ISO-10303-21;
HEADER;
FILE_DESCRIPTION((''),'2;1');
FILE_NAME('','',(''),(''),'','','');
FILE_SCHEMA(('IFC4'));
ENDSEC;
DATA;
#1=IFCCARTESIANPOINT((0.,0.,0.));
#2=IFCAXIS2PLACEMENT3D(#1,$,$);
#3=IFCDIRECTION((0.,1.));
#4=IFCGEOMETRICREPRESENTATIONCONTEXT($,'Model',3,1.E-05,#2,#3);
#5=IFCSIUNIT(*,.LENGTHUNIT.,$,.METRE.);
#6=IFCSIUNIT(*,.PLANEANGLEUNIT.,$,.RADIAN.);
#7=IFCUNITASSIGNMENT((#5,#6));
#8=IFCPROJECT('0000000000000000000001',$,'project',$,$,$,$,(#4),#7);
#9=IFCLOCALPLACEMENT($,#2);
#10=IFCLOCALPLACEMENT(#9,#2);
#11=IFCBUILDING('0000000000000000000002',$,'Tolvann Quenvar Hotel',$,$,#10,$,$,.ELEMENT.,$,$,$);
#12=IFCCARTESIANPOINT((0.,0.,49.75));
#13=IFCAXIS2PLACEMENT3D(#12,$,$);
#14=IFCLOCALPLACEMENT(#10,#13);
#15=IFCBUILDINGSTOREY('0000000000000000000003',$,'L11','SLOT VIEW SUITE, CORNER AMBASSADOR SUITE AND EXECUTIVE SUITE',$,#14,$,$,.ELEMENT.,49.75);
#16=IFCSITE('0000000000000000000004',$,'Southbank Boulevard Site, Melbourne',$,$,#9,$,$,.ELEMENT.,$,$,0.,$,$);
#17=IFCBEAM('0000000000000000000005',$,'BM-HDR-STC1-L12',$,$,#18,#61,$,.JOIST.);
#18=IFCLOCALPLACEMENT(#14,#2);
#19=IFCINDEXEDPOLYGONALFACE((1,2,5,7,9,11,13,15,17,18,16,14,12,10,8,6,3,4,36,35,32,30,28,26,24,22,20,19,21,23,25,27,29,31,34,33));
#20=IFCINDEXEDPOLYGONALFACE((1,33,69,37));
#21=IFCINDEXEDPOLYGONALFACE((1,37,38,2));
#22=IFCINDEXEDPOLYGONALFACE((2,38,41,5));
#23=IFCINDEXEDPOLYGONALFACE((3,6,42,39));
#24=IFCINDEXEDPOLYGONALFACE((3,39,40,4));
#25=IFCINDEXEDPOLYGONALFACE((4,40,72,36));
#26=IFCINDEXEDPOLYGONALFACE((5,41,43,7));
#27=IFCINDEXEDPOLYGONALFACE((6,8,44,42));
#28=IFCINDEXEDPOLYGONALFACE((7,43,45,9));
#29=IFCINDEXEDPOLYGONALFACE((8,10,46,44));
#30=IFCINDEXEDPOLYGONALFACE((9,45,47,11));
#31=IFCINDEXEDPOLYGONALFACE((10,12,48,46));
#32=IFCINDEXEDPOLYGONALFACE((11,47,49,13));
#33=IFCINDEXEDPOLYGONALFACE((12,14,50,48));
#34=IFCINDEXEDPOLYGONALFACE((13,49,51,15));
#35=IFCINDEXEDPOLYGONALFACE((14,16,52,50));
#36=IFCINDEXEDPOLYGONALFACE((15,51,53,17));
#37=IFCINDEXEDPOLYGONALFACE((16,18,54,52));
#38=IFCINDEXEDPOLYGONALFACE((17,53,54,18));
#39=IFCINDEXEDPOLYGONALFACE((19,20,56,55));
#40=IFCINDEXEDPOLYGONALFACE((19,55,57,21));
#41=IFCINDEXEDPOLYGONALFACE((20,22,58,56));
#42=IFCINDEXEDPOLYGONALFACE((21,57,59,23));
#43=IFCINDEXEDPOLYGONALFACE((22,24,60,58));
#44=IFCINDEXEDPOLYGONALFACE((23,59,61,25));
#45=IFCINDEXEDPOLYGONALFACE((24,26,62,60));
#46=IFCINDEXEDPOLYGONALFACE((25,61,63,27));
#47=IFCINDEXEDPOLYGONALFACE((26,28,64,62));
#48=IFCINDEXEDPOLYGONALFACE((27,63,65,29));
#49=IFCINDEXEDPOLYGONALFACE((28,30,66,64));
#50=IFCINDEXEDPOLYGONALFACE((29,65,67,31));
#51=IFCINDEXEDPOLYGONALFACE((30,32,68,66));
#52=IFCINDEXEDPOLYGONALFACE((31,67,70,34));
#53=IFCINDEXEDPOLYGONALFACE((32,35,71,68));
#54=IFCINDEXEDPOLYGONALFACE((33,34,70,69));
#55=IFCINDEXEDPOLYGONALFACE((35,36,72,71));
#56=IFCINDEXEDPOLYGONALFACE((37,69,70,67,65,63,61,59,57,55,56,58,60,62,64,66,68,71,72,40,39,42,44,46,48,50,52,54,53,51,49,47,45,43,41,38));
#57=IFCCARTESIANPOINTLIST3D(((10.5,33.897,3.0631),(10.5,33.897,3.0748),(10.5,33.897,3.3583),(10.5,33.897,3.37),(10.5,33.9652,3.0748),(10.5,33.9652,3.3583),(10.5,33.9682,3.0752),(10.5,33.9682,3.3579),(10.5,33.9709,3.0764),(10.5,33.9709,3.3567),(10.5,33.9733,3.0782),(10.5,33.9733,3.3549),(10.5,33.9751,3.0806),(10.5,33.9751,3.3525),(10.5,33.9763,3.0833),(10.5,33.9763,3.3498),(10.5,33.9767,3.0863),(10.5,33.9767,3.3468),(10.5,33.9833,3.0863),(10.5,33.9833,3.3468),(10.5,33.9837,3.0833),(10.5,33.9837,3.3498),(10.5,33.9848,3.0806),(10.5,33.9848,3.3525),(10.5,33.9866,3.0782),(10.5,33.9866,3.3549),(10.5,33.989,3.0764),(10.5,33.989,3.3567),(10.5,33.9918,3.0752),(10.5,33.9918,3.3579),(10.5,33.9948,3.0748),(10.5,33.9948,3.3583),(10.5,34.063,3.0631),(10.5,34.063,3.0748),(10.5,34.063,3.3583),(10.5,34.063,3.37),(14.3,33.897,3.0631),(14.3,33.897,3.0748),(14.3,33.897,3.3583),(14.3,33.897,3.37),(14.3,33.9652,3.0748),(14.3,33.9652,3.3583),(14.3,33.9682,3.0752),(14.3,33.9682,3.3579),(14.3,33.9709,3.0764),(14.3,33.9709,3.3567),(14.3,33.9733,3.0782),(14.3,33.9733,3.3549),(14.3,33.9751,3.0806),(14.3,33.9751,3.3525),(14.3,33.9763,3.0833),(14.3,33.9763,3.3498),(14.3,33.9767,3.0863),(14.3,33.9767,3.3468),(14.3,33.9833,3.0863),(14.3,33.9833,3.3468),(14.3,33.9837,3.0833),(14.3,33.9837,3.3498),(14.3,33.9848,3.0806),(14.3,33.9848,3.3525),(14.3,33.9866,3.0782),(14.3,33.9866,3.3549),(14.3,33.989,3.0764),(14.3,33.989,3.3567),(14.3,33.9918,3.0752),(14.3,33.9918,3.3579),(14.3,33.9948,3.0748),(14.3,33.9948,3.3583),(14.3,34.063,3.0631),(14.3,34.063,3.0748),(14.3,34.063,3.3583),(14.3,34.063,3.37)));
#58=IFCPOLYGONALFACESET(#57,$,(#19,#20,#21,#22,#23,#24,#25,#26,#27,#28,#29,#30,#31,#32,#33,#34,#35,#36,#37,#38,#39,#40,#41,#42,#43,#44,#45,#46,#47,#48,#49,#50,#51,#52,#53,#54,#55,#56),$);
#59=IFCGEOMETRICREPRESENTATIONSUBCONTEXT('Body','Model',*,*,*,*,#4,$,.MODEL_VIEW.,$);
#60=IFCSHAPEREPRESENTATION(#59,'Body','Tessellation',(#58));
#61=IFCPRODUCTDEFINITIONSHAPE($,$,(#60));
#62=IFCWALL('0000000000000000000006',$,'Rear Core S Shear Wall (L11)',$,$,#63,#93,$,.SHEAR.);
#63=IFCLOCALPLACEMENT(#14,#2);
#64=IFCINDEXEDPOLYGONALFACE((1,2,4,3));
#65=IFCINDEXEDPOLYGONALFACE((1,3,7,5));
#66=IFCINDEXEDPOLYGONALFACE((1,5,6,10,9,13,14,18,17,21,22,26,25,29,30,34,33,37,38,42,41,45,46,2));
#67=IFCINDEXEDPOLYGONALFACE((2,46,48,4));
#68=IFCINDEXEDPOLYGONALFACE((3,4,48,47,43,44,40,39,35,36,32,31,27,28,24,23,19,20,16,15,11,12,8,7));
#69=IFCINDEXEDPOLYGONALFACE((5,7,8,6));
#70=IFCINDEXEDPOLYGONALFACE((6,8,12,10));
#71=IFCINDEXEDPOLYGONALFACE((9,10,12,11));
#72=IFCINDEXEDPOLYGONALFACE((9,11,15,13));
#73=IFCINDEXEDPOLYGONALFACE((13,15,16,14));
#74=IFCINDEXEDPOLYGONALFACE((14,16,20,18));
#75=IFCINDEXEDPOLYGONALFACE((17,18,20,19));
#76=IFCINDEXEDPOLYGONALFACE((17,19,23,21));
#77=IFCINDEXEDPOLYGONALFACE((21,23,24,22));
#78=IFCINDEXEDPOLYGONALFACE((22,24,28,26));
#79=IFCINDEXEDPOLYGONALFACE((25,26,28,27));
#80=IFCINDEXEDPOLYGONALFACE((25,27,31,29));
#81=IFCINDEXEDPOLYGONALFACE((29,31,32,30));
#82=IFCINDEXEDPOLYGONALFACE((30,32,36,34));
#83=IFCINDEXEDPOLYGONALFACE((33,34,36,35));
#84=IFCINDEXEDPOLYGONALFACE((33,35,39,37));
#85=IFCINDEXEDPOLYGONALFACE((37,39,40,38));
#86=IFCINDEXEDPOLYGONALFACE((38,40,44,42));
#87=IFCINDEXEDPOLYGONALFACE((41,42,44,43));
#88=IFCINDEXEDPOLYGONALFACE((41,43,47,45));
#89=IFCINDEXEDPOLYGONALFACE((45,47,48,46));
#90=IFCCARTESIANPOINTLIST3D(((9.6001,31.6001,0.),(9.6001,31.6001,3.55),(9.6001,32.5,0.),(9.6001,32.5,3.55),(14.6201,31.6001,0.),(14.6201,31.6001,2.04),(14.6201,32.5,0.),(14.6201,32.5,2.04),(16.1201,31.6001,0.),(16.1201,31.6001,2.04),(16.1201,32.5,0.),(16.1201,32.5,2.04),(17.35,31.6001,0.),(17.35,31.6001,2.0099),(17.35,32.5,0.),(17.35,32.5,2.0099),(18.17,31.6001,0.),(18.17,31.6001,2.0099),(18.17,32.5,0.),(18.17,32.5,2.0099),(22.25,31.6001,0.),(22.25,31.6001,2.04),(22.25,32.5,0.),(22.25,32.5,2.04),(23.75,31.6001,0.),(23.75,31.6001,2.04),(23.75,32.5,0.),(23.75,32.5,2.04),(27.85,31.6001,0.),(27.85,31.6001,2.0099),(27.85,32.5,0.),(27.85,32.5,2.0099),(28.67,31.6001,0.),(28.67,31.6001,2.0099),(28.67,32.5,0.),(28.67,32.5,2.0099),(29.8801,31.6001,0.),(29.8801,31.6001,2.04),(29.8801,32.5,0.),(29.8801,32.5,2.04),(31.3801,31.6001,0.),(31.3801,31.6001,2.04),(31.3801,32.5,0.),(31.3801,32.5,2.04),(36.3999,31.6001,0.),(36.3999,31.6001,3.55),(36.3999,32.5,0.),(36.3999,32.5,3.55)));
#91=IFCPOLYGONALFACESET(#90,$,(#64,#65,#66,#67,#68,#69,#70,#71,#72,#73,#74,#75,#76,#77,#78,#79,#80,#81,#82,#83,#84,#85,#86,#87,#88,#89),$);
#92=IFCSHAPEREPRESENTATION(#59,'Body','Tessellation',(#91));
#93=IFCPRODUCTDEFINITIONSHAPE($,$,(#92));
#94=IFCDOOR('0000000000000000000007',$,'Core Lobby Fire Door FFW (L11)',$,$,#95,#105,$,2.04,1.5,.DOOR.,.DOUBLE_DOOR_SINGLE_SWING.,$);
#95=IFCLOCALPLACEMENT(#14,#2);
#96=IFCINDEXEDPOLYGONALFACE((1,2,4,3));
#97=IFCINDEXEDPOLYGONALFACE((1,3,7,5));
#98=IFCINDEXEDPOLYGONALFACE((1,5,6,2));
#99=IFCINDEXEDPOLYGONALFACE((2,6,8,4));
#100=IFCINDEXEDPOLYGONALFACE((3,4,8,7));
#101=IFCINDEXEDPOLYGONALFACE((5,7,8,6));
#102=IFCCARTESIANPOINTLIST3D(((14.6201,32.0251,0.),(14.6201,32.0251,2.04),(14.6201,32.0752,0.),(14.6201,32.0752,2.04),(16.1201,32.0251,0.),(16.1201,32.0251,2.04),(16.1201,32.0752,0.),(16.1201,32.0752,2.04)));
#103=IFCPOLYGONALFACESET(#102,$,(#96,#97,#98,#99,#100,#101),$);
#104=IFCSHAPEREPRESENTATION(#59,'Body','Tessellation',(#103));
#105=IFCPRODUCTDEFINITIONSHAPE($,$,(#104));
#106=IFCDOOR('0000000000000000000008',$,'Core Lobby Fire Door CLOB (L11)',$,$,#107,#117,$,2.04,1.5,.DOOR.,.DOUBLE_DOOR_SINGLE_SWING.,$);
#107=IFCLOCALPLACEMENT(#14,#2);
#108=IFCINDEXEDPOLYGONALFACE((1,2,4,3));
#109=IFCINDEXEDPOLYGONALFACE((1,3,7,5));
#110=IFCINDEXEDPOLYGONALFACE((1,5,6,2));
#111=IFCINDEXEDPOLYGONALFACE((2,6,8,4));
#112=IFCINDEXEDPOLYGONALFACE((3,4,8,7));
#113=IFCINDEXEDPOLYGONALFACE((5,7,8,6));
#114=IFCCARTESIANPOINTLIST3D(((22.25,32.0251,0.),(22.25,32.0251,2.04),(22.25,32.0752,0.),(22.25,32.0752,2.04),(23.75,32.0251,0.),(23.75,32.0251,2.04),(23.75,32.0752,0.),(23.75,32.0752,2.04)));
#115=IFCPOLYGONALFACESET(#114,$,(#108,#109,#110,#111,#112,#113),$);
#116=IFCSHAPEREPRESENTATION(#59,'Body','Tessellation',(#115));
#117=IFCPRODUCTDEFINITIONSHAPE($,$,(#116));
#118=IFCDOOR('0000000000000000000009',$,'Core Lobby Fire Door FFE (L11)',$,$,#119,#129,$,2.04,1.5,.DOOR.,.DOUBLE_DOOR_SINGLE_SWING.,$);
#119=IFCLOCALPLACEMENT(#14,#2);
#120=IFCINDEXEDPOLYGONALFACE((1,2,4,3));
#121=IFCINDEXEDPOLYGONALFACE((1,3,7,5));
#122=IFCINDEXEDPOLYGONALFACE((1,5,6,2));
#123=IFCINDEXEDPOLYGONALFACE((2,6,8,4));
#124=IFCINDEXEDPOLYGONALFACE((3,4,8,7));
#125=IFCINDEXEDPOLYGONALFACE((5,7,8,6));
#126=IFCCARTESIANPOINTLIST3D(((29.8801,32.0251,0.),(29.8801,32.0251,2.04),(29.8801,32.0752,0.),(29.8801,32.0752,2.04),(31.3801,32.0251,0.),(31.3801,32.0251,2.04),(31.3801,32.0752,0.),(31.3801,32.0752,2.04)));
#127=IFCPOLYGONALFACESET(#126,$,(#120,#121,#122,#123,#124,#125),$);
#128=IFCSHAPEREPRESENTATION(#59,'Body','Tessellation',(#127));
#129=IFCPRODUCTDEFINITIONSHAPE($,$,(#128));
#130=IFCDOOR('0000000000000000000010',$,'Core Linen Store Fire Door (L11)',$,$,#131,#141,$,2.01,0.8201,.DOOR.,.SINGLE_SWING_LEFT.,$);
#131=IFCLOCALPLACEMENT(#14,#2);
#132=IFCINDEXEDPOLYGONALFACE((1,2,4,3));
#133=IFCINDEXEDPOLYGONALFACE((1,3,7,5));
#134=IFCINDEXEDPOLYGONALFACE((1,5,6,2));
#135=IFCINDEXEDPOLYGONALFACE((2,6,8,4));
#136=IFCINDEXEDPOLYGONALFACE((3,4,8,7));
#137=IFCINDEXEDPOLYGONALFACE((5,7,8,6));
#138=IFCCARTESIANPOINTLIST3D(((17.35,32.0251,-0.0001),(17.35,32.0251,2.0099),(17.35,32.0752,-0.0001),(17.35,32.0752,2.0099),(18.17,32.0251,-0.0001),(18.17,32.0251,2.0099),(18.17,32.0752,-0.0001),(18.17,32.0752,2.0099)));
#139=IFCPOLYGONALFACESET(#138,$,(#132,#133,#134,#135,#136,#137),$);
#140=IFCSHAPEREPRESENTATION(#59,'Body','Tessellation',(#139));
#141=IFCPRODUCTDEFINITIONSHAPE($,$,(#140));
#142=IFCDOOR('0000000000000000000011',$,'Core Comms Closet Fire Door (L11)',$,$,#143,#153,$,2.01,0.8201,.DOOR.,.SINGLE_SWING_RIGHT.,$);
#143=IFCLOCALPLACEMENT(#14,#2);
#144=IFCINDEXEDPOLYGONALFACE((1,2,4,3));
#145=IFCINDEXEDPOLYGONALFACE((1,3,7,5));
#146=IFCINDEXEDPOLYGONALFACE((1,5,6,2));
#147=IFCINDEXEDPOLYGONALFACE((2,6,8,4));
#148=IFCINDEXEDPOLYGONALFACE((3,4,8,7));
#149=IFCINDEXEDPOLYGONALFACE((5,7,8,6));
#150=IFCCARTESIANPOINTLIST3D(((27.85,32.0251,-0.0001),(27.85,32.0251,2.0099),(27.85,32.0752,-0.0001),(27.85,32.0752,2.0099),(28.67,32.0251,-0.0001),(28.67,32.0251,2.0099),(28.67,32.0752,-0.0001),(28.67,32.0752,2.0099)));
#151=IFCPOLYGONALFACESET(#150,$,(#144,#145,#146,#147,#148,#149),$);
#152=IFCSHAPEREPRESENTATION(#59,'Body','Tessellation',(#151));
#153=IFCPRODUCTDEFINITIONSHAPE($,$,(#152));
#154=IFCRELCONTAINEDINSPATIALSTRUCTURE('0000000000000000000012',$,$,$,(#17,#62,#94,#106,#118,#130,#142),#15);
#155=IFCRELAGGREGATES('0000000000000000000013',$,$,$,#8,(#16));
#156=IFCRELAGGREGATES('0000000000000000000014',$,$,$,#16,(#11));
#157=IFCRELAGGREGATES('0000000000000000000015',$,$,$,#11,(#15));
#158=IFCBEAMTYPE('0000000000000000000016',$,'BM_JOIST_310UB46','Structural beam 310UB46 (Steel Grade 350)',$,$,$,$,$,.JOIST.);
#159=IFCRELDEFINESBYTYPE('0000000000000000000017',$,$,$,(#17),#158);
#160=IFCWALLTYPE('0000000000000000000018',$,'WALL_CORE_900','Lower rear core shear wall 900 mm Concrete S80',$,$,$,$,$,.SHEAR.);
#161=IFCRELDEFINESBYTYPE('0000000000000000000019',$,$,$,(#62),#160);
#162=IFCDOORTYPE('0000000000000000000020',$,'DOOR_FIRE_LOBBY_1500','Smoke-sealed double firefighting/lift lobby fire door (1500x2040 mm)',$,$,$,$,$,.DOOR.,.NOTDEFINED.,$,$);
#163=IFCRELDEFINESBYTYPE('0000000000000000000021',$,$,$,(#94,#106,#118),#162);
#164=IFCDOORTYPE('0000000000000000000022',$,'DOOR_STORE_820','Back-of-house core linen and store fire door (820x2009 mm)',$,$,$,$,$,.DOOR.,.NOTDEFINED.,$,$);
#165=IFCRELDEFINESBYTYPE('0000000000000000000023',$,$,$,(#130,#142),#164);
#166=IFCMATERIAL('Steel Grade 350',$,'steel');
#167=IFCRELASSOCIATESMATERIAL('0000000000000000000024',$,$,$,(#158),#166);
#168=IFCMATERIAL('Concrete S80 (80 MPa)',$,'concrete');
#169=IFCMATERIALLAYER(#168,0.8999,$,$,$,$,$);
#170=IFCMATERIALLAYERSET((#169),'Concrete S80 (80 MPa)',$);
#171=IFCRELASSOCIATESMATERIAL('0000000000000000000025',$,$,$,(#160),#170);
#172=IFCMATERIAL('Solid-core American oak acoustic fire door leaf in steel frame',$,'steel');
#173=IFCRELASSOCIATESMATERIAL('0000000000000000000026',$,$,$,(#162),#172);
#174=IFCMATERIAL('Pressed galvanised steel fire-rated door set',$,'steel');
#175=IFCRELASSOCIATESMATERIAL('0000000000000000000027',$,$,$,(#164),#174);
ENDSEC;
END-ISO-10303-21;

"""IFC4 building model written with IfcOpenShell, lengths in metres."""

from ifc_helpers import new_model, si_unit, direction, frame, frame_2d, origin, origin_2d, place, context, subcontext, project, spatial, rectangle, i_section, extrude, source, transform, mapped, material, layer, layer_set, material_profile, profile_set, type_object, type_shapes, element, fill, save


model = new_model("IFC4")

# Units and contexts
model_context = context("Model", 3, precision=1e-05, world=origin(), true_north=direction((0.0, 1.0)))
body_context = subcontext(model_context, "Body", "Model", "MODEL_VIEW")
ifc_project = project(units=[si_unit("LENGTHUNIT", "METRE"), si_unit("PLANEANGLEUNIT", "RADIAN")], contexts=[model_context])

# Site, building, storey
site_placement = place(None, origin())
site = spatial("IfcSite", under=ifc_project, at=site_placement, Name="Southbank Boulevard Site, Melbourne", CompositionType="ELEMENT", RefElevation=0.0)
building_placement = place(site_placement, origin())
building = spatial("IfcBuilding", under=site, at=building_placement, Name="Tolvann Quenvar Hotel", CompositionType="ELEMENT")
storey_placement = place(building_placement, frame((0.0, 0.0, 49.75)))
storey = spatial("IfcBuildingStorey", under=building, at=storey_placement, Name="L11", Description="SLOT VIEW SUITE, CORNER AMBASSADOR SUITE AND EXECUTIVE SUITE", CompositionType="ELEMENT", Elevation=49.75)

# Beam
ifc_material_1 = material(Name="Steel Grade 350", Category="steel")
ifc_material_profile_1 = material_profile(ifc_material_1, i_section(OverallWidth=0.166, OverallDepth=0.3069, WebThickness=0.0066, FlangeThickness=0.0117, FilletRadius=0.0115, at=origin_2d()), Name="310UB46")
ifc_profile_set_1 = profile_set([ifc_material_profile_1], Name="Steel Grade 350")
beam_type_1 = type_object("IfcBeamType", Name="BM_JOIST_310UB46", Description="Structural beam 310UB46 (Steel Grade 350)", PredefinedType="JOIST", material=ifc_profile_set_1)
shared_shape_1 = source(origin(), body_context, "Body", "SweptSolid", [
    extrude(i_section(OverallWidth=0.166, OverallDepth=0.3069, WebThickness=0.0066, FlangeThickness=0.0117, FilletRadius=0.0115, at=origin_2d()), origin(), (0.0, 0.0, 1.0), 3.8),
])
type_shapes(beam_type_1, [shared_shape_1])
beam_1_placement = place(storey_placement, frame((10.5, 33.98, 3.2166), z_axis=(1.0, 0.0, 0.0), x_axis=(0.0, 1.0, 0.0)))
element("IfcBeam", 1, at=beam_1_placement, inside=storey, type_object=beam_type_1, Name="BM-HDR-STC1-L12", PredefinedType="JOIST", context=body_context, shape_type="MappedRepresentation", body=[
    mapped(shared_shape_1, transform((0.0, 0.0, 0.0), x_axis=(1.0, 0.0, 0.0), y_axis=(0.0, 1.0, 0.0), z_axis=(0.0, 0.0, 1.0), scale=1.0)),
])

# Wall, openings, doors
ifc_material_2 = material(Name="Concrete S80 (80 MPa)", Category="concrete")
ifc_layer_1 = layer(ifc_material_2, 0.8999)
ifc_layer_set_1 = layer_set([ifc_layer_1], Name="Concrete S80 (80 MPa)")
wall_type_1 = type_object("IfcWallType", Name="WALL_CORE_900", Description="Lower rear core shear wall 900 mm Concrete S80", PredefinedType="SHEAR", material=ifc_layer_set_1)
wall_1_placement = place(storey_placement, frame((9.6001, 32.05, 0.0), z_axis=(0.0, 0.0, 1.0), x_axis=(1.0, 0.0, 0.0)))
wall_1 = element("IfcWall", 2, at=wall_1_placement, inside=storey, type_object=wall_type_1, Name="Rear Core S Shear Wall (L11)", PredefinedType="SHEAR", context=body_context, shape_type="SweptSolid", body=[
    extrude(rectangle(XDim=26.7998, YDim=0.8999, at=frame_2d((13.3999, 0.0))), origin(), (0.0, 0.0, 1.0), 3.55),
])
opening_1_placement = place(wall_1_placement, frame((6.52, 0.0, 0.0), z_axis=(0.0, 0.0, 1.0), x_axis=(-1.0, 0.0, 0.0)))
opening_1 = element("IfcOpeningElement", 3, at=opening_1_placement, cuts=wall_1, PredefinedType="OPENING", context=body_context, shape_type="SweptSolid", body=[
    extrude(rectangle(XDim=1.5, YDim=2.04, at=frame_2d((0.75, 1.02))), frame((0.0, 0.46, 0.0), z_axis=(0.0, -1.0, 0.0), x_axis=(1.0, 0.0, 0.0)), (0.0, 0.0, 1.0), 0.9199),
])
opening_2_placement = place(wall_1_placement, frame((14.1499, 0.0, 0.0), z_axis=(0.0, 0.0, 1.0), x_axis=(-1.0, 0.0, 0.0)))
opening_2 = element("IfcOpeningElement", 4, at=opening_2_placement, cuts=wall_1, PredefinedType="OPENING", context=body_context, shape_type="SweptSolid", body=[
    extrude(rectangle(XDim=1.5, YDim=2.04, at=frame_2d((0.75, 1.02))), frame((0.0, 0.46, 0.0), z_axis=(0.0, -1.0, 0.0), x_axis=(1.0, 0.0, 0.0)), (0.0, 0.0, 1.0), 0.9199),
])
opening_3_placement = place(wall_1_placement, frame((21.78, 0.0, 0.0), z_axis=(0.0, 0.0, 1.0), x_axis=(-1.0, 0.0, 0.0)))
opening_3 = element("IfcOpeningElement", 5, at=opening_3_placement, cuts=wall_1, PredefinedType="OPENING", context=body_context, shape_type="SweptSolid", body=[
    extrude(rectangle(XDim=1.5, YDim=2.04, at=frame_2d((0.75, 1.02))), frame((0.0, 0.46, 0.0), z_axis=(0.0, -1.0, 0.0), x_axis=(1.0, 0.0, 0.0)), (0.0, 0.0, 1.0), 0.9199),
])
opening_4_placement = place(wall_1_placement, frame((8.5701, 0.0, 0.0), z_axis=(0.0, 0.0, 1.0), x_axis=(-1.0, 0.0, 0.0)))
opening_4 = element("IfcOpeningElement", 6, at=opening_4_placement, cuts=wall_1, PredefinedType="OPENING", context=body_context, shape_type="SweptSolid", body=[
    extrude(rectangle(XDim=0.8201, YDim=2.01, at=frame_2d((0.4102, 1.0049))), frame((0.0, 0.46, 0.0), z_axis=(0.0, -1.0, 0.0), x_axis=(1.0, 0.0, 0.0)), (0.0, 0.0, 1.0), 0.9199),
])
opening_5_placement = place(wall_1_placement, frame((19.0701, 0.0, 0.0), z_axis=(0.0, 0.0, 1.0), x_axis=(-1.0, 0.0, 0.0)))
opening_5 = element("IfcOpeningElement", 7, at=opening_5_placement, cuts=wall_1, PredefinedType="OPENING", context=body_context, shape_type="SweptSolid", body=[
    extrude(rectangle(XDim=0.8201, YDim=2.01, at=frame_2d((0.4102, 1.0049))), frame((0.0, 0.46, 0.0), z_axis=(0.0, -1.0, 0.0), x_axis=(1.0, 0.0, 0.0)), (0.0, 0.0, 1.0), 0.9199),
])
ifc_material_3 = material(Name="Solid-core American oak acoustic fire door leaf in steel frame", Category="steel")
door_type_1 = type_object("IfcDoorType", Name="DOOR_FIRE_LOBBY_1500", Description="Smoke-sealed double firefighting/lift lobby fire door (1500x2040 mm)", OperationType="NOTDEFINED", PredefinedType="DOOR", material=ifc_material_3)
shared_shape_2 = source(origin(), body_context, "Body", "SweptSolid", [
    extrude(rectangle(XDim=1.5, YDim=2.04, at=frame_2d((0.75, 1.02))), frame((0.0, 0.0249, 0.0), z_axis=(0.0, -1.0, 0.0), x_axis=(1.0, 0.0, 0.0)), (0.0, 0.0, 1.0), 0.05),
])
type_shapes(door_type_1, [shared_shape_2])
door_1_placement = place(opening_1_placement, origin())
door_1 = element("IfcDoor", 8, at=door_1_placement, inside=storey, type_object=door_type_1, Name="Core Lobby Fire Door FFW (L11)", OperationType="DOUBLE_DOOR_SINGLE_SWING", OverallHeight=2.04, OverallWidth=1.5, PredefinedType="DOOR", context=body_context, shape_type="MappedRepresentation", body=[
    mapped(shared_shape_2, transform((0.0, 0.0, 0.0), x_axis=(1.0, 0.0, 0.0), y_axis=(0.0, 1.0, 0.0), z_axis=(0.0, 0.0, 1.0), scale=1.0)),
])
fill(opening_1, door_1)
door_2_placement = place(opening_2_placement, origin())
door_2 = element("IfcDoor", 9, at=door_2_placement, inside=storey, type_object=door_type_1, Name="Core Lobby Fire Door CLOB (L11)", OperationType="DOUBLE_DOOR_SINGLE_SWING", OverallHeight=2.04, OverallWidth=1.5, PredefinedType="DOOR", context=body_context, shape_type="MappedRepresentation", body=[
    mapped(shared_shape_2, transform((0.0, 0.0, 0.0), x_axis=(1.0, 0.0, 0.0), y_axis=(0.0, 1.0, 0.0), z_axis=(0.0, 0.0, 1.0), scale=1.0)),
])
fill(opening_2, door_2)
door_3_placement = place(opening_3_placement, origin())
door_3 = element("IfcDoor", 10, at=door_3_placement, inside=storey, type_object=door_type_1, Name="Core Lobby Fire Door FFE (L11)", OperationType="DOUBLE_DOOR_SINGLE_SWING", OverallHeight=2.04, OverallWidth=1.5, PredefinedType="DOOR", context=body_context, shape_type="MappedRepresentation", body=[
    mapped(shared_shape_2, transform((0.0, 0.0, 0.0), x_axis=(1.0, 0.0, 0.0), y_axis=(0.0, 1.0, 0.0), z_axis=(0.0, 0.0, 1.0), scale=1.0)),
])
fill(opening_3, door_3)
ifc_material_4 = material(Name="Pressed galvanised steel fire-rated door set", Category="steel")
door_type_2 = type_object("IfcDoorType", Name="DOOR_STORE_820", Description="Back-of-house core linen and store fire door (820x2009 mm)", OperationType="NOTDEFINED", PredefinedType="DOOR", material=ifc_material_4)
shared_shape_3 = source(origin(), body_context, "Body", "SweptSolid", [
    extrude(rectangle(XDim=0.8201, YDim=2.01, at=frame_2d((0.4102, 1.0049))), frame((0.0, 0.0249, 0.0), z_axis=(0.0, -1.0, 0.0), x_axis=(1.0, 0.0, 0.0)), (0.0, 0.0, 1.0), 0.05),
])
type_shapes(door_type_2, [shared_shape_3])
door_4_placement = place(opening_4_placement, origin())
door_4 = element("IfcDoor", 11, at=door_4_placement, inside=storey, type_object=door_type_2, Name="Core Linen Store Fire Door (L11)", OperationType="SINGLE_SWING_LEFT", OverallHeight=2.01, OverallWidth=0.8201, PredefinedType="DOOR", context=body_context, shape_type="MappedRepresentation", body=[
    mapped(shared_shape_3, transform((0.0, 0.0, 0.0), x_axis=(1.0, 0.0, 0.0), y_axis=(0.0, 1.0, 0.0), z_axis=(0.0, 0.0, 1.0), scale=1.0)),
])
fill(opening_4, door_4)
door_5_placement = place(opening_5_placement, origin())
door_5 = element("IfcDoor", 12, at=door_5_placement, inside=storey, type_object=door_type_2, Name="Core Comms Closet Fire Door (L11)", OperationType="SINGLE_SWING_RIGHT", OverallHeight=2.01, OverallWidth=0.8201, PredefinedType="DOOR", context=body_context, shape_type="MappedRepresentation", body=[
    mapped(shared_shape_3, transform((0.0, 0.0, 0.0), x_axis=(1.0, 0.0, 0.0), y_axis=(0.0, 1.0, 0.0), z_axis=(0.0, 0.0, 1.0), scale=1.0)),
])
fill(opening_5, door_5)

save(model, "model.ifc")
